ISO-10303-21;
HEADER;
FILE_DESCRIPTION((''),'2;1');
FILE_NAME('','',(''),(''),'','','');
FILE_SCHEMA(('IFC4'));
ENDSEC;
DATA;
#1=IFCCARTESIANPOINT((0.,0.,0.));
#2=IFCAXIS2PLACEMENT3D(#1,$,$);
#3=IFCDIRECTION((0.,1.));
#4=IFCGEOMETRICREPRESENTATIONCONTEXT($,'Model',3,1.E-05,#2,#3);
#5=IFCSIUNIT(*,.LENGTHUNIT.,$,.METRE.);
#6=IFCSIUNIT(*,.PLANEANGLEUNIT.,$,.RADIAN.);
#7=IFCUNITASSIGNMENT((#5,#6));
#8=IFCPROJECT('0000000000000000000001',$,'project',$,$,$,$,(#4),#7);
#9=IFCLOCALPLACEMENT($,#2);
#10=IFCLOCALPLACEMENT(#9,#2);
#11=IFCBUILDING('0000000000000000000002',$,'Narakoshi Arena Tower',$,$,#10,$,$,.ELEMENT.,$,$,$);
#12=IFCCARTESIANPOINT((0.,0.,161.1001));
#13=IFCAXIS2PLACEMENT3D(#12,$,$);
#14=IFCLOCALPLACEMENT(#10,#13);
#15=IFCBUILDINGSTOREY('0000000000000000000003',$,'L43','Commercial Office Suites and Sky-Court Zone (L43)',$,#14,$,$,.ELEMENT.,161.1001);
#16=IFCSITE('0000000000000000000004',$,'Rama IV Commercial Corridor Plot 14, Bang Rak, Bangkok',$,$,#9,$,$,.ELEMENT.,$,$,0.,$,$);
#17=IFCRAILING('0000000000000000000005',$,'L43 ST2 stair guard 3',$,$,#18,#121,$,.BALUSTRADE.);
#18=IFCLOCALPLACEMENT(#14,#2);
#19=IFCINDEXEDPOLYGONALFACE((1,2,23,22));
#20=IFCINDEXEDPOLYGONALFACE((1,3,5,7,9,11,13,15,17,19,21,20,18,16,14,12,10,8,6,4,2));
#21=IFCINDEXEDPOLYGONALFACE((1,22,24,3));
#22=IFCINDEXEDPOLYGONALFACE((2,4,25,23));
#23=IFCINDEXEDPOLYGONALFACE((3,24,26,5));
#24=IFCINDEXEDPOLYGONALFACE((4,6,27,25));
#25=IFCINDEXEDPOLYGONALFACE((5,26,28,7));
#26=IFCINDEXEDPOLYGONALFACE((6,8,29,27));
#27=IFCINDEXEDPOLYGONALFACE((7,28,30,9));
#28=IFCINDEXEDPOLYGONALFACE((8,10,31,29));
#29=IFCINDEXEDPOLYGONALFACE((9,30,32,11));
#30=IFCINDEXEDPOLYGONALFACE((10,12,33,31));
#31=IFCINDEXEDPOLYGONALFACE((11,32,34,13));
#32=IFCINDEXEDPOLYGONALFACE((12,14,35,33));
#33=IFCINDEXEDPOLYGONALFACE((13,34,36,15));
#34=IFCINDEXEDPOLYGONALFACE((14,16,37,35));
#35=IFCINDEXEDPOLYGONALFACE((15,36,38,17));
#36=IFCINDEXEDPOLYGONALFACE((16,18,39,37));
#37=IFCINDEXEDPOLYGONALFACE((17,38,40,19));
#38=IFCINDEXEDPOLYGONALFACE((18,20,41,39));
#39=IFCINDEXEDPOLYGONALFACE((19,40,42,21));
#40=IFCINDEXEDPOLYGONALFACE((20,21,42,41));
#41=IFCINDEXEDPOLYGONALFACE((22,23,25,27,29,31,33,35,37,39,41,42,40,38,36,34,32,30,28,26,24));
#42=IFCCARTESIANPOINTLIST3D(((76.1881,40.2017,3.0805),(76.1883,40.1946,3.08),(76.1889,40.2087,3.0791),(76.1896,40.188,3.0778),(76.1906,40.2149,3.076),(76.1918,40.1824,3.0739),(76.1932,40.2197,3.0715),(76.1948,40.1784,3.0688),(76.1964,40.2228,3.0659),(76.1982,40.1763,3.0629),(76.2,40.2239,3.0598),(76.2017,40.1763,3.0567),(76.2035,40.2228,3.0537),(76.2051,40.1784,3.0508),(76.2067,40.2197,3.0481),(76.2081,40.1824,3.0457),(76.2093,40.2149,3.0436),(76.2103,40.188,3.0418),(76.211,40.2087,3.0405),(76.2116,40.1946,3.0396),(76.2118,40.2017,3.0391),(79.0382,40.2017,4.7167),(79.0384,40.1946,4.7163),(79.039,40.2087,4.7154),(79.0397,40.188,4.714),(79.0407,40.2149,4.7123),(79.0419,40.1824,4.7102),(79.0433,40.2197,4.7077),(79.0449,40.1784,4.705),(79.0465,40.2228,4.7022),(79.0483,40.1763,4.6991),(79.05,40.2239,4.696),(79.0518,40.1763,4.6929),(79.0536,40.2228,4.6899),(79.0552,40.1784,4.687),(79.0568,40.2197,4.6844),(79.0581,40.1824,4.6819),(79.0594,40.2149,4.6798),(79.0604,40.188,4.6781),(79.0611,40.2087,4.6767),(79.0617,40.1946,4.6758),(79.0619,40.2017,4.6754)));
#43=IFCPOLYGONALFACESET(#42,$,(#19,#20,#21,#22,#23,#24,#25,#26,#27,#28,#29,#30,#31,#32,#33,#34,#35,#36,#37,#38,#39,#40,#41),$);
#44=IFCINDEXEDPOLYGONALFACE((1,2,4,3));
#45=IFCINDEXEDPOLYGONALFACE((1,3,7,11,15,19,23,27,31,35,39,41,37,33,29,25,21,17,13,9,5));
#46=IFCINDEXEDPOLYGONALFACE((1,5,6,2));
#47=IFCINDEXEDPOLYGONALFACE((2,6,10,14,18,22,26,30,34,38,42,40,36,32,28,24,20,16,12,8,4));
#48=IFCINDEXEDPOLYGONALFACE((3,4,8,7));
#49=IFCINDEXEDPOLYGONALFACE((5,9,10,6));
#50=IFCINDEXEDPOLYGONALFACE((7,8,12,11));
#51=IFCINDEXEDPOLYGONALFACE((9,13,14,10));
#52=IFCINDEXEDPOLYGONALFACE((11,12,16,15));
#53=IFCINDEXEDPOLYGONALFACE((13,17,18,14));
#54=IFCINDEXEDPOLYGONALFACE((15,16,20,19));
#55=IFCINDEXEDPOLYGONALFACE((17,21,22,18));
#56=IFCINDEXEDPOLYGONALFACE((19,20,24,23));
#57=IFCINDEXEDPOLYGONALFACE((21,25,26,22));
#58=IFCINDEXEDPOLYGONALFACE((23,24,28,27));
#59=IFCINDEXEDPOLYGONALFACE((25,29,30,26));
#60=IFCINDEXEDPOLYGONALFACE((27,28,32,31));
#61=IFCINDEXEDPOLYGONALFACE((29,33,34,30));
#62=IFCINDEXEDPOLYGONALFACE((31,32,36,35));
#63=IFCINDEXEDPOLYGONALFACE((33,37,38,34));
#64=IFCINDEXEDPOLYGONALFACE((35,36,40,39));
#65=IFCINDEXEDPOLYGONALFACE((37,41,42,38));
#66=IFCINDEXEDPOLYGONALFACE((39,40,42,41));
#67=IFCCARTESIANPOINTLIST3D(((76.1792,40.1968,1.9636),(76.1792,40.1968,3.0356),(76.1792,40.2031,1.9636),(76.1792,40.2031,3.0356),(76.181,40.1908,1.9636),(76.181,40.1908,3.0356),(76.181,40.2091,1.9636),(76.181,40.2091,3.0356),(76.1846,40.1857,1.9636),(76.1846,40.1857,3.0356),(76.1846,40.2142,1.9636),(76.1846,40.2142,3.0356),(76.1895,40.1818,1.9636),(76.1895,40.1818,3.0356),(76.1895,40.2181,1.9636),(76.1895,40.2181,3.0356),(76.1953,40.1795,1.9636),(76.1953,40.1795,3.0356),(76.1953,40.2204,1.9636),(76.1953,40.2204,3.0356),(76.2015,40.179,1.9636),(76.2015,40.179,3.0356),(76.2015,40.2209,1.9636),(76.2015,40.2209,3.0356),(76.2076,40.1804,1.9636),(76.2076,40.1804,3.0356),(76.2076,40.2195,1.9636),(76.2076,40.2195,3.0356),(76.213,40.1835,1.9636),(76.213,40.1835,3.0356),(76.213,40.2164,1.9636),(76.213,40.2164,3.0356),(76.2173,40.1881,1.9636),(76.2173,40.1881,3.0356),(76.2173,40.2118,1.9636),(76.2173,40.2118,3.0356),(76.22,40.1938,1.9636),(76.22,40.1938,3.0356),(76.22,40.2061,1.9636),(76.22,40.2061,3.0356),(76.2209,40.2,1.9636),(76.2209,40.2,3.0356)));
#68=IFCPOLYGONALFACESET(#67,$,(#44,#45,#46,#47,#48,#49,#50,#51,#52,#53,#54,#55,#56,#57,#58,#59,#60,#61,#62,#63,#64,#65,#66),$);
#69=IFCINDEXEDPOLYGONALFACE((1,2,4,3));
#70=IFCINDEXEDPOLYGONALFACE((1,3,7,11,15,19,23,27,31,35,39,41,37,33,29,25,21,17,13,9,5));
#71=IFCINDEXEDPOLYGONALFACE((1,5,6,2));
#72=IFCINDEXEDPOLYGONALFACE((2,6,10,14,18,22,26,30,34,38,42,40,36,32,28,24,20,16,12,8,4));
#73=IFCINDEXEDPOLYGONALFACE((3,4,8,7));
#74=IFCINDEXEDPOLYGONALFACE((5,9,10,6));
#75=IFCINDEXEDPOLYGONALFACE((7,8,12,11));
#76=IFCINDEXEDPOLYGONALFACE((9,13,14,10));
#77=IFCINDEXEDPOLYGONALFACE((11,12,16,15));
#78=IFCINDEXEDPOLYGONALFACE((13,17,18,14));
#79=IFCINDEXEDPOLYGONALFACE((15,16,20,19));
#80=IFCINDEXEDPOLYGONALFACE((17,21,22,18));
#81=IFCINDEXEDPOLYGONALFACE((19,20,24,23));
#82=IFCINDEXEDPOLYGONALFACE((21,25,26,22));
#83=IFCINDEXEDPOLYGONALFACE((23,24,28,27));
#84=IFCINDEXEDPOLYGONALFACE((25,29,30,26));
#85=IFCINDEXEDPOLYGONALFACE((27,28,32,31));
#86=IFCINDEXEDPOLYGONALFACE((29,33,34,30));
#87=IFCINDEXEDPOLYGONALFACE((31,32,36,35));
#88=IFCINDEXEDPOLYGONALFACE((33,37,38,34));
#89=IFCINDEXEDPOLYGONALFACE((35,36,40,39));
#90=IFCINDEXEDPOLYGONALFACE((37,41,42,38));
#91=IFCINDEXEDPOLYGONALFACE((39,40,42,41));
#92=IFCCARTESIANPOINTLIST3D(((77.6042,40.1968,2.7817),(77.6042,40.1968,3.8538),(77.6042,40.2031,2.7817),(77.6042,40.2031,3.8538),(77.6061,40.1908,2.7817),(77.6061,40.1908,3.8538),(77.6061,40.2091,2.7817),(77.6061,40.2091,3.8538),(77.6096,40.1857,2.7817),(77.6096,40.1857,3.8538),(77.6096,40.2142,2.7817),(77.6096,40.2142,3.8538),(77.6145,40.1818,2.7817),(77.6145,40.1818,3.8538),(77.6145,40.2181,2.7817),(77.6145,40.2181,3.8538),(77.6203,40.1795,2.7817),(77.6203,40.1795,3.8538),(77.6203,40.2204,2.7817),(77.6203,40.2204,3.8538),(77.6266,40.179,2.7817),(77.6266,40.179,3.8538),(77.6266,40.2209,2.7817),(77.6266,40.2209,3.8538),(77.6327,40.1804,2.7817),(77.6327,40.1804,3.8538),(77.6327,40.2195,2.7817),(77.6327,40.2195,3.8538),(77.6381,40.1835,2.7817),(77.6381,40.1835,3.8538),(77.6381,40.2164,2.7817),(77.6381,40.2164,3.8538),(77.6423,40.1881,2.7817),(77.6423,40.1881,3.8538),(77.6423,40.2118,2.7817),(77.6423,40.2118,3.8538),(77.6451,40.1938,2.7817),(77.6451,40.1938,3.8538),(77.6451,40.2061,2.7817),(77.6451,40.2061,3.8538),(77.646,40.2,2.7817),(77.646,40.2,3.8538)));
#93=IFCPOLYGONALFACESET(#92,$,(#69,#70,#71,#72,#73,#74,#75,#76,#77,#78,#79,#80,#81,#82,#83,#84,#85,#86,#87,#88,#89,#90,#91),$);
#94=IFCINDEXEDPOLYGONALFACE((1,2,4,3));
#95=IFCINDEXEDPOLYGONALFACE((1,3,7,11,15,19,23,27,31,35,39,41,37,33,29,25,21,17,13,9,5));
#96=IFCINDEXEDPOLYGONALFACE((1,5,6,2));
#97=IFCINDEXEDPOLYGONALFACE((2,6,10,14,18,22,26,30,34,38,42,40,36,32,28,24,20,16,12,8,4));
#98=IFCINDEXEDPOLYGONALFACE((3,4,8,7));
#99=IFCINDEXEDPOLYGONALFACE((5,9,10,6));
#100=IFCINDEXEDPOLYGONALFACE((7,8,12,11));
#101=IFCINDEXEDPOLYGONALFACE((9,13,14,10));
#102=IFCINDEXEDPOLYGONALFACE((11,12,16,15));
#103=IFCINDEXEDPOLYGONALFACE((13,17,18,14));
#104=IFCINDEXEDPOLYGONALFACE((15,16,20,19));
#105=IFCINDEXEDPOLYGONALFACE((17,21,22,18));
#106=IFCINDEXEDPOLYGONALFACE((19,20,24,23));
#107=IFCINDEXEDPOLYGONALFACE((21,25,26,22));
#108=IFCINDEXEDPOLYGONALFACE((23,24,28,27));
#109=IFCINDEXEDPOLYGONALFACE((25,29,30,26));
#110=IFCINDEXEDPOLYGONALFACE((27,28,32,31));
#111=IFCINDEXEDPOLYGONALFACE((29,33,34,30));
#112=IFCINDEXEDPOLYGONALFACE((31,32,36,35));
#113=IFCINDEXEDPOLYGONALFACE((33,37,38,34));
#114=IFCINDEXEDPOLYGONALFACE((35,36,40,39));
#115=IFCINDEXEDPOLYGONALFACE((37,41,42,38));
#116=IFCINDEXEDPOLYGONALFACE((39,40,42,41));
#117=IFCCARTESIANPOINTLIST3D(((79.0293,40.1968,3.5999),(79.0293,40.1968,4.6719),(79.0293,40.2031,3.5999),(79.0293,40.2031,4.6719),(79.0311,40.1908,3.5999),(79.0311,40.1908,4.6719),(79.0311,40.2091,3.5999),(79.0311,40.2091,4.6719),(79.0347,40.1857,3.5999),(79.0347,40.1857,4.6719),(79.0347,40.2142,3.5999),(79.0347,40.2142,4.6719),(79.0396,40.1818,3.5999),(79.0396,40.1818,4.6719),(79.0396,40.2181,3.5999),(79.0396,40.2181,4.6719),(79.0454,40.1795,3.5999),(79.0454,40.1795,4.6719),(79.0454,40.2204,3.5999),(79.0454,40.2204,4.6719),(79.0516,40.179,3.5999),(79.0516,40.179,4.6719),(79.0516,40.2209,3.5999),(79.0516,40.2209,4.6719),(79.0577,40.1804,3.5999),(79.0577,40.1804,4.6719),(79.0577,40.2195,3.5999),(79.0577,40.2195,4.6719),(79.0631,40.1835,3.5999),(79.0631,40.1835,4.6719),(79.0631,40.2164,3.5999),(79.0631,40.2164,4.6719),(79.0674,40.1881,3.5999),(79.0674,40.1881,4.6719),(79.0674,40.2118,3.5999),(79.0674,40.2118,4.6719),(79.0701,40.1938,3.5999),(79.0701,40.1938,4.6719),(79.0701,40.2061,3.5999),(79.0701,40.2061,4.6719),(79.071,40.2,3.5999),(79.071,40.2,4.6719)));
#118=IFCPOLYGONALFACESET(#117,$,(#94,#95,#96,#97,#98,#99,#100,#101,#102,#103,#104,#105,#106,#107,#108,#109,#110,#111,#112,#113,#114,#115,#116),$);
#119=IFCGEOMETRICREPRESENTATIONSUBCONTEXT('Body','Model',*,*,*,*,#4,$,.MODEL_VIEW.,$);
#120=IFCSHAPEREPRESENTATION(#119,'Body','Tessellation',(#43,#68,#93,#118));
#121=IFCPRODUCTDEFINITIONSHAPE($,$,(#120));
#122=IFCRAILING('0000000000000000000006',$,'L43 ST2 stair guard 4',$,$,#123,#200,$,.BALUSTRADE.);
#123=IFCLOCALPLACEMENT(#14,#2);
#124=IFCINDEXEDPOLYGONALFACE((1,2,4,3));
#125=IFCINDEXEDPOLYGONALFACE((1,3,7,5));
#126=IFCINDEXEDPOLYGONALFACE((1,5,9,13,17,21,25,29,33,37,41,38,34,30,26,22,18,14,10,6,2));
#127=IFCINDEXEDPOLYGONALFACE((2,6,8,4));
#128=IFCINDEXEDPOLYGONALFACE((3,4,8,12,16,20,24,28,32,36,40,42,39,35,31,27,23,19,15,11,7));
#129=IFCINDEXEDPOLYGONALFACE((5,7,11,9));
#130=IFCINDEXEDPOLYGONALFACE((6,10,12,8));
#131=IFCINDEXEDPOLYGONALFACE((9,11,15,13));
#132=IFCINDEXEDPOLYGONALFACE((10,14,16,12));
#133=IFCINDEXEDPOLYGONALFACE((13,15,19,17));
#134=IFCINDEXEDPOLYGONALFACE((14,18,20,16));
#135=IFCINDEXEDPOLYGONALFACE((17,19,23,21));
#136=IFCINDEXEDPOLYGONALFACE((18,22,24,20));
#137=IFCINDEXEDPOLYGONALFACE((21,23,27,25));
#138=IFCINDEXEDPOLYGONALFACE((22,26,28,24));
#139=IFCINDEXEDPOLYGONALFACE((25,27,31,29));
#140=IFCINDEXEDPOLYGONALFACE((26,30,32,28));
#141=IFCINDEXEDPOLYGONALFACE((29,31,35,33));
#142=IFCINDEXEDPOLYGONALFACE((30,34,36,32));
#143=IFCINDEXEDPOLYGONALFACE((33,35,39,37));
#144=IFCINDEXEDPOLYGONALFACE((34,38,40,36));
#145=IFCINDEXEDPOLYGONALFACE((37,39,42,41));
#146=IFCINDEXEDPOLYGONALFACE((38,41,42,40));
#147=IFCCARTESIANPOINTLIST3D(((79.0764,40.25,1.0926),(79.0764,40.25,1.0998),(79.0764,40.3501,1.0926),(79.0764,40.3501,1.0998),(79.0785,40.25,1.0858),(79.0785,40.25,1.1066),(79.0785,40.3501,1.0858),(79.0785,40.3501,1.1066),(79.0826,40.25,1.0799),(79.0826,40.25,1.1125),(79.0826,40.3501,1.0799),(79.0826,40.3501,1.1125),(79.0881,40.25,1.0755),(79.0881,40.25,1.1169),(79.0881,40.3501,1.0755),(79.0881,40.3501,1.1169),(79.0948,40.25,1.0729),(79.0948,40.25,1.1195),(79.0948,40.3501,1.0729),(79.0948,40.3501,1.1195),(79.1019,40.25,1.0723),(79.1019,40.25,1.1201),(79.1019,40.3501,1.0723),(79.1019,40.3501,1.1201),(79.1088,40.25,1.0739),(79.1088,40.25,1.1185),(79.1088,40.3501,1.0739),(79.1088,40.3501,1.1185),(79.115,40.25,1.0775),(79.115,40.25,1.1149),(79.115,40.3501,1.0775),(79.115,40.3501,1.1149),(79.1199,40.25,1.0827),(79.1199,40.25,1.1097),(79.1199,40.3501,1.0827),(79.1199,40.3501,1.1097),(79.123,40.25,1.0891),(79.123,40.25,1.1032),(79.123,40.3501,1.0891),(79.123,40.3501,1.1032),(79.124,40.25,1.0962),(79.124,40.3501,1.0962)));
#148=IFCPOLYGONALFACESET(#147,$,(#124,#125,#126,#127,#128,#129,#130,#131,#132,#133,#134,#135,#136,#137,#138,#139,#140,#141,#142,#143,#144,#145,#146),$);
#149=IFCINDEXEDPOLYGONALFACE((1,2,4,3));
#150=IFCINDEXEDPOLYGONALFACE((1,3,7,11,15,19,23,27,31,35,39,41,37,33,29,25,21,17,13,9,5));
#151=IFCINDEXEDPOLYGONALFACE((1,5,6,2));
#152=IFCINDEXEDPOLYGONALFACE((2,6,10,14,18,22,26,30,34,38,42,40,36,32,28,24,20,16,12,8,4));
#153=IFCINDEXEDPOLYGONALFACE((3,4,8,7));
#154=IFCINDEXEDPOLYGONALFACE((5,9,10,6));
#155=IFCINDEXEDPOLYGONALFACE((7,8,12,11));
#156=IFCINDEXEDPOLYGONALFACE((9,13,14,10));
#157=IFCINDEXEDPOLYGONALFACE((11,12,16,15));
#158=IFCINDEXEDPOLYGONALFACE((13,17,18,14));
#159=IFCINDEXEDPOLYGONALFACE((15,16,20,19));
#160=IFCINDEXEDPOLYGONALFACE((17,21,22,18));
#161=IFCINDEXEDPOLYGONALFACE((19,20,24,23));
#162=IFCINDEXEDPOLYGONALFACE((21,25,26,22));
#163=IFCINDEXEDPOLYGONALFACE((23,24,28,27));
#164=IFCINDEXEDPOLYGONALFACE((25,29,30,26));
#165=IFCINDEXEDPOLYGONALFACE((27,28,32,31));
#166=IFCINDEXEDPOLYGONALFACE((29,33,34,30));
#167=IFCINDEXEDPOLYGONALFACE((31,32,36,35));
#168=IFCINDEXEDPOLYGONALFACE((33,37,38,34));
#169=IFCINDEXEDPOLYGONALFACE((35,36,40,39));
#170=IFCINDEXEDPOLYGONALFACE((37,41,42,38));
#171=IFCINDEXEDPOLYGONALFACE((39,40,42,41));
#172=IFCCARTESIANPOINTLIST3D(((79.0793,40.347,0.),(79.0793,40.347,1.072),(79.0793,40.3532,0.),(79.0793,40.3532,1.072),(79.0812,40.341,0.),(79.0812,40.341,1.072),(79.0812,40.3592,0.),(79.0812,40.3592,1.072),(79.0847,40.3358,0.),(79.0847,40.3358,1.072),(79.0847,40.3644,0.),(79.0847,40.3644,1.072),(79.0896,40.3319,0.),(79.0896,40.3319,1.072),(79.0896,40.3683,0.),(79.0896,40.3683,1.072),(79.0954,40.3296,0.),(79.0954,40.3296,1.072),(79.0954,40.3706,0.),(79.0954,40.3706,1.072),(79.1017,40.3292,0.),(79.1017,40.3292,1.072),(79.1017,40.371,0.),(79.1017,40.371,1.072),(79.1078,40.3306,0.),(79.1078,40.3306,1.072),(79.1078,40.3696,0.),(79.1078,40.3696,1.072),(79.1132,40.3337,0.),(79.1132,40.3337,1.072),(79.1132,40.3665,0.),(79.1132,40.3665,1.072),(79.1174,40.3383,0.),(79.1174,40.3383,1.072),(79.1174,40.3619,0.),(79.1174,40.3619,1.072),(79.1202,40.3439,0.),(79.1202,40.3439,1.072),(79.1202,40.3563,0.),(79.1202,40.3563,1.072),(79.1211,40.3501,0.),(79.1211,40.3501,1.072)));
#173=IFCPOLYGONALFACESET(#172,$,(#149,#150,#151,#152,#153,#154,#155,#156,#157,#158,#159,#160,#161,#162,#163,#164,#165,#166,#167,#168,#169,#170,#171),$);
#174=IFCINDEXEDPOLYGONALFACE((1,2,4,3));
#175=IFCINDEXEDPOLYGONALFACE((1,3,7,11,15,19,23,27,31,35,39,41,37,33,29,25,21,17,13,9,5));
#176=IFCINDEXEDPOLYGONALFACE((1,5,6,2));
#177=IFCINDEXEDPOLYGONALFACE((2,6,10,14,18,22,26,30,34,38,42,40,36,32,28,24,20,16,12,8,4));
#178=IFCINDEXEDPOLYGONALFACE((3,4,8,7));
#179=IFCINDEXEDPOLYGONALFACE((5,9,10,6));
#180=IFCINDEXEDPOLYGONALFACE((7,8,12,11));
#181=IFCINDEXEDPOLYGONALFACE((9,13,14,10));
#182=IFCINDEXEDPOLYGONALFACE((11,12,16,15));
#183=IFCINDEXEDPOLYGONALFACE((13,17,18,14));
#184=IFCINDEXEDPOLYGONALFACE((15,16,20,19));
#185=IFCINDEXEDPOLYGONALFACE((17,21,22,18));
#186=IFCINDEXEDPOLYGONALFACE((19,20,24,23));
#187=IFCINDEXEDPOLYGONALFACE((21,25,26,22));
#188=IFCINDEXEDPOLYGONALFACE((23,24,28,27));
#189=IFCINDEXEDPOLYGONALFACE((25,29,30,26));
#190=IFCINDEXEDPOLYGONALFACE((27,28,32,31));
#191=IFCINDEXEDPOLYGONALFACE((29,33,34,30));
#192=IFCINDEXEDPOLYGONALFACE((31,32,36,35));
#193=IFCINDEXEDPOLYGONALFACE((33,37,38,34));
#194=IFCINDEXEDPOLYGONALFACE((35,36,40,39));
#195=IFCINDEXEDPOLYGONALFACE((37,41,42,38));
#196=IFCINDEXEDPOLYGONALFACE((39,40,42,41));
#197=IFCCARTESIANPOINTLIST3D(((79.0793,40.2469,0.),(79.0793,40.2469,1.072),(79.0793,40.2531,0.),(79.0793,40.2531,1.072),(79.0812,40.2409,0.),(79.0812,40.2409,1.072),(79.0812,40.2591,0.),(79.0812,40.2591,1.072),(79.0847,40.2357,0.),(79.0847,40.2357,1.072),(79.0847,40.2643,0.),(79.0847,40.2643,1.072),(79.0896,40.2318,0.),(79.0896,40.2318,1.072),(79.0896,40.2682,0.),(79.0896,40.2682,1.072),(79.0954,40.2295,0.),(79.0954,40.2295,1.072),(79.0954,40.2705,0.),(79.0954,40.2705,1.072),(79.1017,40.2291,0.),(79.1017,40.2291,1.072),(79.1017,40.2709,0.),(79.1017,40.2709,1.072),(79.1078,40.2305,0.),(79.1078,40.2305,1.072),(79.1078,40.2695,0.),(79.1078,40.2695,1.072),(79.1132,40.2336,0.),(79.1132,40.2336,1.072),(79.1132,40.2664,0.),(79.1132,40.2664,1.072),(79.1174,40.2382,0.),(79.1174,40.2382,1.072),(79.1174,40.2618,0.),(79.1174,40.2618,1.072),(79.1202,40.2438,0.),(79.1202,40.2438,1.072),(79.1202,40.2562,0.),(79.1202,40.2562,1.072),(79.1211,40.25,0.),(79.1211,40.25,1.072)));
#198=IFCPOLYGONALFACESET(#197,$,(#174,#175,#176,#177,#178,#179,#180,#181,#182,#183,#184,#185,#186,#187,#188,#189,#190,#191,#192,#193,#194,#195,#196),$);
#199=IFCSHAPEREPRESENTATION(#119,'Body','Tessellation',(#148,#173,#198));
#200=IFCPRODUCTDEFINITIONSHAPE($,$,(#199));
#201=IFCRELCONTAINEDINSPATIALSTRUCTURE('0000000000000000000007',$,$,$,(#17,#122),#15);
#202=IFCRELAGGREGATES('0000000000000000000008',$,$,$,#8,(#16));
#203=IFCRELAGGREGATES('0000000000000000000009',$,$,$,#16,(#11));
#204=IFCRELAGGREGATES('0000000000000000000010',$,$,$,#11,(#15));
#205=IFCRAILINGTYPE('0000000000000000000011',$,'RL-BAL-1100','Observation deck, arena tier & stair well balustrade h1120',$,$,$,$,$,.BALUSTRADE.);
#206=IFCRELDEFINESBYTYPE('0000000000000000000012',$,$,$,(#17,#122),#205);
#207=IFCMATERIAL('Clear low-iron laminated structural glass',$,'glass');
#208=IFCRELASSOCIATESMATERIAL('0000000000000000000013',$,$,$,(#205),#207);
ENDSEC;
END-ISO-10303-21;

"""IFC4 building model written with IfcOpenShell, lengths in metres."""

from ifc_helpers import new_model, si_unit, direction, frame, origin, origin_2d, place, context, subcontext, project, spatial, circle, extrude, material, type_object, element, save


model = new_model("IFC4")

# Units and contexts
model_context = context("Model", 3, precision=1e-05, world=origin(), true_north=direction((0.0, 1.0)))
body_context = subcontext(model_context, "Body", "Model", "MODEL_VIEW")
ifc_project = project(units=[si_unit("LENGTHUNIT", "METRE"), si_unit("PLANEANGLEUNIT", "RADIAN")], contexts=[model_context])

# Site, building, storey
site_placement = place(None, origin())
site = spatial("IfcSite", under=ifc_project, at=site_placement, Name="Rama IV Commercial Corridor Plot 14, Bang Rak, Bangkok", CompositionType="ELEMENT", RefElevation=0.0)
building_placement = place(site_placement, origin())
building = spatial("IfcBuilding", under=site, at=building_placement, Name="Narakoshi Arena Tower", CompositionType="ELEMENT")
storey_placement = place(building_placement, frame((0.0, 0.0, 161.1001)))
storey = spatial("IfcBuildingStorey", under=building, at=storey_placement, Name="L43", Description="Commercial Office Suites and Sky-Court Zone (L43)", CompositionType="ELEMENT", Elevation=161.1001)

# Railings
ifc_material_1 = material(Name="Clear low-iron laminated structural glass", Category="glass")
railing_type_1 = type_object("IfcRailingType", Name="RL-BAL-1100", Description="Observation deck, arena tier & stair well balustrade h1120", PredefinedType="BALUSTRADE", material=ifc_material_1)
railing_1_placement = place(storey_placement, frame((76.2, 40.2, 1.9636)))
element("IfcRailing", 1, at=railing_1_placement, inside=storey, type_object=railing_type_1, Name="L43 ST2 stair guard 3", PredefinedType="BALUSTRADE", context=body_context, shape_type="SweptSolid", body=[
    extrude(circle(Radius=0.0239, at=origin_2d()), frame((0.0, 0.0, 1.0962), z_axis=(0.867245, 0.0, 0.497882), x_axis=(0.0, 1.0, 0.0)), (0.0, 0.0, 1.0), 3.2864),
    extrude(circle(Radius=0.021, at=origin_2d()), origin(), (0.0, 0.0, 1.0), 1.072),
    extrude(circle(Radius=0.021, at=origin_2d()), frame((1.425, 0.0, 0.8181)), (0.0, 0.0, 1.0), 1.072),
    extrude(circle(Radius=0.021, at=origin_2d()), frame((2.8501, 0.0, 1.6362)), (0.0, 0.0, 1.0), 1.072),
])
railing_2_placement = place(storey_placement, frame((79.1001, 40.3501, 0.0)))
element("IfcRailing", 2, at=railing_2_placement, inside=storey, type_object=railing_type_1, Name="L43 ST2 stair guard 4", PredefinedType="BALUSTRADE", context=body_context, shape_type="SweptSolid", body=[
    extrude(circle(Radius=0.0239, at=origin_2d()), frame((0.0, 0.0, 1.0962), z_axis=(0.0, -1.0, 0.0), x_axis=(1.0, 0.0, 0.0)), (0.0, 0.0, 1.0), 0.1001),
    extrude(circle(Radius=0.021, at=origin_2d()), origin(), (0.0, 0.0, 1.0), 1.072),
    extrude(circle(Radius=0.021, at=origin_2d()), frame((0.0, -0.1001, 0.0)), (0.0, 0.0, 1.0), 1.072),
])

save(model, "model.ifc")
